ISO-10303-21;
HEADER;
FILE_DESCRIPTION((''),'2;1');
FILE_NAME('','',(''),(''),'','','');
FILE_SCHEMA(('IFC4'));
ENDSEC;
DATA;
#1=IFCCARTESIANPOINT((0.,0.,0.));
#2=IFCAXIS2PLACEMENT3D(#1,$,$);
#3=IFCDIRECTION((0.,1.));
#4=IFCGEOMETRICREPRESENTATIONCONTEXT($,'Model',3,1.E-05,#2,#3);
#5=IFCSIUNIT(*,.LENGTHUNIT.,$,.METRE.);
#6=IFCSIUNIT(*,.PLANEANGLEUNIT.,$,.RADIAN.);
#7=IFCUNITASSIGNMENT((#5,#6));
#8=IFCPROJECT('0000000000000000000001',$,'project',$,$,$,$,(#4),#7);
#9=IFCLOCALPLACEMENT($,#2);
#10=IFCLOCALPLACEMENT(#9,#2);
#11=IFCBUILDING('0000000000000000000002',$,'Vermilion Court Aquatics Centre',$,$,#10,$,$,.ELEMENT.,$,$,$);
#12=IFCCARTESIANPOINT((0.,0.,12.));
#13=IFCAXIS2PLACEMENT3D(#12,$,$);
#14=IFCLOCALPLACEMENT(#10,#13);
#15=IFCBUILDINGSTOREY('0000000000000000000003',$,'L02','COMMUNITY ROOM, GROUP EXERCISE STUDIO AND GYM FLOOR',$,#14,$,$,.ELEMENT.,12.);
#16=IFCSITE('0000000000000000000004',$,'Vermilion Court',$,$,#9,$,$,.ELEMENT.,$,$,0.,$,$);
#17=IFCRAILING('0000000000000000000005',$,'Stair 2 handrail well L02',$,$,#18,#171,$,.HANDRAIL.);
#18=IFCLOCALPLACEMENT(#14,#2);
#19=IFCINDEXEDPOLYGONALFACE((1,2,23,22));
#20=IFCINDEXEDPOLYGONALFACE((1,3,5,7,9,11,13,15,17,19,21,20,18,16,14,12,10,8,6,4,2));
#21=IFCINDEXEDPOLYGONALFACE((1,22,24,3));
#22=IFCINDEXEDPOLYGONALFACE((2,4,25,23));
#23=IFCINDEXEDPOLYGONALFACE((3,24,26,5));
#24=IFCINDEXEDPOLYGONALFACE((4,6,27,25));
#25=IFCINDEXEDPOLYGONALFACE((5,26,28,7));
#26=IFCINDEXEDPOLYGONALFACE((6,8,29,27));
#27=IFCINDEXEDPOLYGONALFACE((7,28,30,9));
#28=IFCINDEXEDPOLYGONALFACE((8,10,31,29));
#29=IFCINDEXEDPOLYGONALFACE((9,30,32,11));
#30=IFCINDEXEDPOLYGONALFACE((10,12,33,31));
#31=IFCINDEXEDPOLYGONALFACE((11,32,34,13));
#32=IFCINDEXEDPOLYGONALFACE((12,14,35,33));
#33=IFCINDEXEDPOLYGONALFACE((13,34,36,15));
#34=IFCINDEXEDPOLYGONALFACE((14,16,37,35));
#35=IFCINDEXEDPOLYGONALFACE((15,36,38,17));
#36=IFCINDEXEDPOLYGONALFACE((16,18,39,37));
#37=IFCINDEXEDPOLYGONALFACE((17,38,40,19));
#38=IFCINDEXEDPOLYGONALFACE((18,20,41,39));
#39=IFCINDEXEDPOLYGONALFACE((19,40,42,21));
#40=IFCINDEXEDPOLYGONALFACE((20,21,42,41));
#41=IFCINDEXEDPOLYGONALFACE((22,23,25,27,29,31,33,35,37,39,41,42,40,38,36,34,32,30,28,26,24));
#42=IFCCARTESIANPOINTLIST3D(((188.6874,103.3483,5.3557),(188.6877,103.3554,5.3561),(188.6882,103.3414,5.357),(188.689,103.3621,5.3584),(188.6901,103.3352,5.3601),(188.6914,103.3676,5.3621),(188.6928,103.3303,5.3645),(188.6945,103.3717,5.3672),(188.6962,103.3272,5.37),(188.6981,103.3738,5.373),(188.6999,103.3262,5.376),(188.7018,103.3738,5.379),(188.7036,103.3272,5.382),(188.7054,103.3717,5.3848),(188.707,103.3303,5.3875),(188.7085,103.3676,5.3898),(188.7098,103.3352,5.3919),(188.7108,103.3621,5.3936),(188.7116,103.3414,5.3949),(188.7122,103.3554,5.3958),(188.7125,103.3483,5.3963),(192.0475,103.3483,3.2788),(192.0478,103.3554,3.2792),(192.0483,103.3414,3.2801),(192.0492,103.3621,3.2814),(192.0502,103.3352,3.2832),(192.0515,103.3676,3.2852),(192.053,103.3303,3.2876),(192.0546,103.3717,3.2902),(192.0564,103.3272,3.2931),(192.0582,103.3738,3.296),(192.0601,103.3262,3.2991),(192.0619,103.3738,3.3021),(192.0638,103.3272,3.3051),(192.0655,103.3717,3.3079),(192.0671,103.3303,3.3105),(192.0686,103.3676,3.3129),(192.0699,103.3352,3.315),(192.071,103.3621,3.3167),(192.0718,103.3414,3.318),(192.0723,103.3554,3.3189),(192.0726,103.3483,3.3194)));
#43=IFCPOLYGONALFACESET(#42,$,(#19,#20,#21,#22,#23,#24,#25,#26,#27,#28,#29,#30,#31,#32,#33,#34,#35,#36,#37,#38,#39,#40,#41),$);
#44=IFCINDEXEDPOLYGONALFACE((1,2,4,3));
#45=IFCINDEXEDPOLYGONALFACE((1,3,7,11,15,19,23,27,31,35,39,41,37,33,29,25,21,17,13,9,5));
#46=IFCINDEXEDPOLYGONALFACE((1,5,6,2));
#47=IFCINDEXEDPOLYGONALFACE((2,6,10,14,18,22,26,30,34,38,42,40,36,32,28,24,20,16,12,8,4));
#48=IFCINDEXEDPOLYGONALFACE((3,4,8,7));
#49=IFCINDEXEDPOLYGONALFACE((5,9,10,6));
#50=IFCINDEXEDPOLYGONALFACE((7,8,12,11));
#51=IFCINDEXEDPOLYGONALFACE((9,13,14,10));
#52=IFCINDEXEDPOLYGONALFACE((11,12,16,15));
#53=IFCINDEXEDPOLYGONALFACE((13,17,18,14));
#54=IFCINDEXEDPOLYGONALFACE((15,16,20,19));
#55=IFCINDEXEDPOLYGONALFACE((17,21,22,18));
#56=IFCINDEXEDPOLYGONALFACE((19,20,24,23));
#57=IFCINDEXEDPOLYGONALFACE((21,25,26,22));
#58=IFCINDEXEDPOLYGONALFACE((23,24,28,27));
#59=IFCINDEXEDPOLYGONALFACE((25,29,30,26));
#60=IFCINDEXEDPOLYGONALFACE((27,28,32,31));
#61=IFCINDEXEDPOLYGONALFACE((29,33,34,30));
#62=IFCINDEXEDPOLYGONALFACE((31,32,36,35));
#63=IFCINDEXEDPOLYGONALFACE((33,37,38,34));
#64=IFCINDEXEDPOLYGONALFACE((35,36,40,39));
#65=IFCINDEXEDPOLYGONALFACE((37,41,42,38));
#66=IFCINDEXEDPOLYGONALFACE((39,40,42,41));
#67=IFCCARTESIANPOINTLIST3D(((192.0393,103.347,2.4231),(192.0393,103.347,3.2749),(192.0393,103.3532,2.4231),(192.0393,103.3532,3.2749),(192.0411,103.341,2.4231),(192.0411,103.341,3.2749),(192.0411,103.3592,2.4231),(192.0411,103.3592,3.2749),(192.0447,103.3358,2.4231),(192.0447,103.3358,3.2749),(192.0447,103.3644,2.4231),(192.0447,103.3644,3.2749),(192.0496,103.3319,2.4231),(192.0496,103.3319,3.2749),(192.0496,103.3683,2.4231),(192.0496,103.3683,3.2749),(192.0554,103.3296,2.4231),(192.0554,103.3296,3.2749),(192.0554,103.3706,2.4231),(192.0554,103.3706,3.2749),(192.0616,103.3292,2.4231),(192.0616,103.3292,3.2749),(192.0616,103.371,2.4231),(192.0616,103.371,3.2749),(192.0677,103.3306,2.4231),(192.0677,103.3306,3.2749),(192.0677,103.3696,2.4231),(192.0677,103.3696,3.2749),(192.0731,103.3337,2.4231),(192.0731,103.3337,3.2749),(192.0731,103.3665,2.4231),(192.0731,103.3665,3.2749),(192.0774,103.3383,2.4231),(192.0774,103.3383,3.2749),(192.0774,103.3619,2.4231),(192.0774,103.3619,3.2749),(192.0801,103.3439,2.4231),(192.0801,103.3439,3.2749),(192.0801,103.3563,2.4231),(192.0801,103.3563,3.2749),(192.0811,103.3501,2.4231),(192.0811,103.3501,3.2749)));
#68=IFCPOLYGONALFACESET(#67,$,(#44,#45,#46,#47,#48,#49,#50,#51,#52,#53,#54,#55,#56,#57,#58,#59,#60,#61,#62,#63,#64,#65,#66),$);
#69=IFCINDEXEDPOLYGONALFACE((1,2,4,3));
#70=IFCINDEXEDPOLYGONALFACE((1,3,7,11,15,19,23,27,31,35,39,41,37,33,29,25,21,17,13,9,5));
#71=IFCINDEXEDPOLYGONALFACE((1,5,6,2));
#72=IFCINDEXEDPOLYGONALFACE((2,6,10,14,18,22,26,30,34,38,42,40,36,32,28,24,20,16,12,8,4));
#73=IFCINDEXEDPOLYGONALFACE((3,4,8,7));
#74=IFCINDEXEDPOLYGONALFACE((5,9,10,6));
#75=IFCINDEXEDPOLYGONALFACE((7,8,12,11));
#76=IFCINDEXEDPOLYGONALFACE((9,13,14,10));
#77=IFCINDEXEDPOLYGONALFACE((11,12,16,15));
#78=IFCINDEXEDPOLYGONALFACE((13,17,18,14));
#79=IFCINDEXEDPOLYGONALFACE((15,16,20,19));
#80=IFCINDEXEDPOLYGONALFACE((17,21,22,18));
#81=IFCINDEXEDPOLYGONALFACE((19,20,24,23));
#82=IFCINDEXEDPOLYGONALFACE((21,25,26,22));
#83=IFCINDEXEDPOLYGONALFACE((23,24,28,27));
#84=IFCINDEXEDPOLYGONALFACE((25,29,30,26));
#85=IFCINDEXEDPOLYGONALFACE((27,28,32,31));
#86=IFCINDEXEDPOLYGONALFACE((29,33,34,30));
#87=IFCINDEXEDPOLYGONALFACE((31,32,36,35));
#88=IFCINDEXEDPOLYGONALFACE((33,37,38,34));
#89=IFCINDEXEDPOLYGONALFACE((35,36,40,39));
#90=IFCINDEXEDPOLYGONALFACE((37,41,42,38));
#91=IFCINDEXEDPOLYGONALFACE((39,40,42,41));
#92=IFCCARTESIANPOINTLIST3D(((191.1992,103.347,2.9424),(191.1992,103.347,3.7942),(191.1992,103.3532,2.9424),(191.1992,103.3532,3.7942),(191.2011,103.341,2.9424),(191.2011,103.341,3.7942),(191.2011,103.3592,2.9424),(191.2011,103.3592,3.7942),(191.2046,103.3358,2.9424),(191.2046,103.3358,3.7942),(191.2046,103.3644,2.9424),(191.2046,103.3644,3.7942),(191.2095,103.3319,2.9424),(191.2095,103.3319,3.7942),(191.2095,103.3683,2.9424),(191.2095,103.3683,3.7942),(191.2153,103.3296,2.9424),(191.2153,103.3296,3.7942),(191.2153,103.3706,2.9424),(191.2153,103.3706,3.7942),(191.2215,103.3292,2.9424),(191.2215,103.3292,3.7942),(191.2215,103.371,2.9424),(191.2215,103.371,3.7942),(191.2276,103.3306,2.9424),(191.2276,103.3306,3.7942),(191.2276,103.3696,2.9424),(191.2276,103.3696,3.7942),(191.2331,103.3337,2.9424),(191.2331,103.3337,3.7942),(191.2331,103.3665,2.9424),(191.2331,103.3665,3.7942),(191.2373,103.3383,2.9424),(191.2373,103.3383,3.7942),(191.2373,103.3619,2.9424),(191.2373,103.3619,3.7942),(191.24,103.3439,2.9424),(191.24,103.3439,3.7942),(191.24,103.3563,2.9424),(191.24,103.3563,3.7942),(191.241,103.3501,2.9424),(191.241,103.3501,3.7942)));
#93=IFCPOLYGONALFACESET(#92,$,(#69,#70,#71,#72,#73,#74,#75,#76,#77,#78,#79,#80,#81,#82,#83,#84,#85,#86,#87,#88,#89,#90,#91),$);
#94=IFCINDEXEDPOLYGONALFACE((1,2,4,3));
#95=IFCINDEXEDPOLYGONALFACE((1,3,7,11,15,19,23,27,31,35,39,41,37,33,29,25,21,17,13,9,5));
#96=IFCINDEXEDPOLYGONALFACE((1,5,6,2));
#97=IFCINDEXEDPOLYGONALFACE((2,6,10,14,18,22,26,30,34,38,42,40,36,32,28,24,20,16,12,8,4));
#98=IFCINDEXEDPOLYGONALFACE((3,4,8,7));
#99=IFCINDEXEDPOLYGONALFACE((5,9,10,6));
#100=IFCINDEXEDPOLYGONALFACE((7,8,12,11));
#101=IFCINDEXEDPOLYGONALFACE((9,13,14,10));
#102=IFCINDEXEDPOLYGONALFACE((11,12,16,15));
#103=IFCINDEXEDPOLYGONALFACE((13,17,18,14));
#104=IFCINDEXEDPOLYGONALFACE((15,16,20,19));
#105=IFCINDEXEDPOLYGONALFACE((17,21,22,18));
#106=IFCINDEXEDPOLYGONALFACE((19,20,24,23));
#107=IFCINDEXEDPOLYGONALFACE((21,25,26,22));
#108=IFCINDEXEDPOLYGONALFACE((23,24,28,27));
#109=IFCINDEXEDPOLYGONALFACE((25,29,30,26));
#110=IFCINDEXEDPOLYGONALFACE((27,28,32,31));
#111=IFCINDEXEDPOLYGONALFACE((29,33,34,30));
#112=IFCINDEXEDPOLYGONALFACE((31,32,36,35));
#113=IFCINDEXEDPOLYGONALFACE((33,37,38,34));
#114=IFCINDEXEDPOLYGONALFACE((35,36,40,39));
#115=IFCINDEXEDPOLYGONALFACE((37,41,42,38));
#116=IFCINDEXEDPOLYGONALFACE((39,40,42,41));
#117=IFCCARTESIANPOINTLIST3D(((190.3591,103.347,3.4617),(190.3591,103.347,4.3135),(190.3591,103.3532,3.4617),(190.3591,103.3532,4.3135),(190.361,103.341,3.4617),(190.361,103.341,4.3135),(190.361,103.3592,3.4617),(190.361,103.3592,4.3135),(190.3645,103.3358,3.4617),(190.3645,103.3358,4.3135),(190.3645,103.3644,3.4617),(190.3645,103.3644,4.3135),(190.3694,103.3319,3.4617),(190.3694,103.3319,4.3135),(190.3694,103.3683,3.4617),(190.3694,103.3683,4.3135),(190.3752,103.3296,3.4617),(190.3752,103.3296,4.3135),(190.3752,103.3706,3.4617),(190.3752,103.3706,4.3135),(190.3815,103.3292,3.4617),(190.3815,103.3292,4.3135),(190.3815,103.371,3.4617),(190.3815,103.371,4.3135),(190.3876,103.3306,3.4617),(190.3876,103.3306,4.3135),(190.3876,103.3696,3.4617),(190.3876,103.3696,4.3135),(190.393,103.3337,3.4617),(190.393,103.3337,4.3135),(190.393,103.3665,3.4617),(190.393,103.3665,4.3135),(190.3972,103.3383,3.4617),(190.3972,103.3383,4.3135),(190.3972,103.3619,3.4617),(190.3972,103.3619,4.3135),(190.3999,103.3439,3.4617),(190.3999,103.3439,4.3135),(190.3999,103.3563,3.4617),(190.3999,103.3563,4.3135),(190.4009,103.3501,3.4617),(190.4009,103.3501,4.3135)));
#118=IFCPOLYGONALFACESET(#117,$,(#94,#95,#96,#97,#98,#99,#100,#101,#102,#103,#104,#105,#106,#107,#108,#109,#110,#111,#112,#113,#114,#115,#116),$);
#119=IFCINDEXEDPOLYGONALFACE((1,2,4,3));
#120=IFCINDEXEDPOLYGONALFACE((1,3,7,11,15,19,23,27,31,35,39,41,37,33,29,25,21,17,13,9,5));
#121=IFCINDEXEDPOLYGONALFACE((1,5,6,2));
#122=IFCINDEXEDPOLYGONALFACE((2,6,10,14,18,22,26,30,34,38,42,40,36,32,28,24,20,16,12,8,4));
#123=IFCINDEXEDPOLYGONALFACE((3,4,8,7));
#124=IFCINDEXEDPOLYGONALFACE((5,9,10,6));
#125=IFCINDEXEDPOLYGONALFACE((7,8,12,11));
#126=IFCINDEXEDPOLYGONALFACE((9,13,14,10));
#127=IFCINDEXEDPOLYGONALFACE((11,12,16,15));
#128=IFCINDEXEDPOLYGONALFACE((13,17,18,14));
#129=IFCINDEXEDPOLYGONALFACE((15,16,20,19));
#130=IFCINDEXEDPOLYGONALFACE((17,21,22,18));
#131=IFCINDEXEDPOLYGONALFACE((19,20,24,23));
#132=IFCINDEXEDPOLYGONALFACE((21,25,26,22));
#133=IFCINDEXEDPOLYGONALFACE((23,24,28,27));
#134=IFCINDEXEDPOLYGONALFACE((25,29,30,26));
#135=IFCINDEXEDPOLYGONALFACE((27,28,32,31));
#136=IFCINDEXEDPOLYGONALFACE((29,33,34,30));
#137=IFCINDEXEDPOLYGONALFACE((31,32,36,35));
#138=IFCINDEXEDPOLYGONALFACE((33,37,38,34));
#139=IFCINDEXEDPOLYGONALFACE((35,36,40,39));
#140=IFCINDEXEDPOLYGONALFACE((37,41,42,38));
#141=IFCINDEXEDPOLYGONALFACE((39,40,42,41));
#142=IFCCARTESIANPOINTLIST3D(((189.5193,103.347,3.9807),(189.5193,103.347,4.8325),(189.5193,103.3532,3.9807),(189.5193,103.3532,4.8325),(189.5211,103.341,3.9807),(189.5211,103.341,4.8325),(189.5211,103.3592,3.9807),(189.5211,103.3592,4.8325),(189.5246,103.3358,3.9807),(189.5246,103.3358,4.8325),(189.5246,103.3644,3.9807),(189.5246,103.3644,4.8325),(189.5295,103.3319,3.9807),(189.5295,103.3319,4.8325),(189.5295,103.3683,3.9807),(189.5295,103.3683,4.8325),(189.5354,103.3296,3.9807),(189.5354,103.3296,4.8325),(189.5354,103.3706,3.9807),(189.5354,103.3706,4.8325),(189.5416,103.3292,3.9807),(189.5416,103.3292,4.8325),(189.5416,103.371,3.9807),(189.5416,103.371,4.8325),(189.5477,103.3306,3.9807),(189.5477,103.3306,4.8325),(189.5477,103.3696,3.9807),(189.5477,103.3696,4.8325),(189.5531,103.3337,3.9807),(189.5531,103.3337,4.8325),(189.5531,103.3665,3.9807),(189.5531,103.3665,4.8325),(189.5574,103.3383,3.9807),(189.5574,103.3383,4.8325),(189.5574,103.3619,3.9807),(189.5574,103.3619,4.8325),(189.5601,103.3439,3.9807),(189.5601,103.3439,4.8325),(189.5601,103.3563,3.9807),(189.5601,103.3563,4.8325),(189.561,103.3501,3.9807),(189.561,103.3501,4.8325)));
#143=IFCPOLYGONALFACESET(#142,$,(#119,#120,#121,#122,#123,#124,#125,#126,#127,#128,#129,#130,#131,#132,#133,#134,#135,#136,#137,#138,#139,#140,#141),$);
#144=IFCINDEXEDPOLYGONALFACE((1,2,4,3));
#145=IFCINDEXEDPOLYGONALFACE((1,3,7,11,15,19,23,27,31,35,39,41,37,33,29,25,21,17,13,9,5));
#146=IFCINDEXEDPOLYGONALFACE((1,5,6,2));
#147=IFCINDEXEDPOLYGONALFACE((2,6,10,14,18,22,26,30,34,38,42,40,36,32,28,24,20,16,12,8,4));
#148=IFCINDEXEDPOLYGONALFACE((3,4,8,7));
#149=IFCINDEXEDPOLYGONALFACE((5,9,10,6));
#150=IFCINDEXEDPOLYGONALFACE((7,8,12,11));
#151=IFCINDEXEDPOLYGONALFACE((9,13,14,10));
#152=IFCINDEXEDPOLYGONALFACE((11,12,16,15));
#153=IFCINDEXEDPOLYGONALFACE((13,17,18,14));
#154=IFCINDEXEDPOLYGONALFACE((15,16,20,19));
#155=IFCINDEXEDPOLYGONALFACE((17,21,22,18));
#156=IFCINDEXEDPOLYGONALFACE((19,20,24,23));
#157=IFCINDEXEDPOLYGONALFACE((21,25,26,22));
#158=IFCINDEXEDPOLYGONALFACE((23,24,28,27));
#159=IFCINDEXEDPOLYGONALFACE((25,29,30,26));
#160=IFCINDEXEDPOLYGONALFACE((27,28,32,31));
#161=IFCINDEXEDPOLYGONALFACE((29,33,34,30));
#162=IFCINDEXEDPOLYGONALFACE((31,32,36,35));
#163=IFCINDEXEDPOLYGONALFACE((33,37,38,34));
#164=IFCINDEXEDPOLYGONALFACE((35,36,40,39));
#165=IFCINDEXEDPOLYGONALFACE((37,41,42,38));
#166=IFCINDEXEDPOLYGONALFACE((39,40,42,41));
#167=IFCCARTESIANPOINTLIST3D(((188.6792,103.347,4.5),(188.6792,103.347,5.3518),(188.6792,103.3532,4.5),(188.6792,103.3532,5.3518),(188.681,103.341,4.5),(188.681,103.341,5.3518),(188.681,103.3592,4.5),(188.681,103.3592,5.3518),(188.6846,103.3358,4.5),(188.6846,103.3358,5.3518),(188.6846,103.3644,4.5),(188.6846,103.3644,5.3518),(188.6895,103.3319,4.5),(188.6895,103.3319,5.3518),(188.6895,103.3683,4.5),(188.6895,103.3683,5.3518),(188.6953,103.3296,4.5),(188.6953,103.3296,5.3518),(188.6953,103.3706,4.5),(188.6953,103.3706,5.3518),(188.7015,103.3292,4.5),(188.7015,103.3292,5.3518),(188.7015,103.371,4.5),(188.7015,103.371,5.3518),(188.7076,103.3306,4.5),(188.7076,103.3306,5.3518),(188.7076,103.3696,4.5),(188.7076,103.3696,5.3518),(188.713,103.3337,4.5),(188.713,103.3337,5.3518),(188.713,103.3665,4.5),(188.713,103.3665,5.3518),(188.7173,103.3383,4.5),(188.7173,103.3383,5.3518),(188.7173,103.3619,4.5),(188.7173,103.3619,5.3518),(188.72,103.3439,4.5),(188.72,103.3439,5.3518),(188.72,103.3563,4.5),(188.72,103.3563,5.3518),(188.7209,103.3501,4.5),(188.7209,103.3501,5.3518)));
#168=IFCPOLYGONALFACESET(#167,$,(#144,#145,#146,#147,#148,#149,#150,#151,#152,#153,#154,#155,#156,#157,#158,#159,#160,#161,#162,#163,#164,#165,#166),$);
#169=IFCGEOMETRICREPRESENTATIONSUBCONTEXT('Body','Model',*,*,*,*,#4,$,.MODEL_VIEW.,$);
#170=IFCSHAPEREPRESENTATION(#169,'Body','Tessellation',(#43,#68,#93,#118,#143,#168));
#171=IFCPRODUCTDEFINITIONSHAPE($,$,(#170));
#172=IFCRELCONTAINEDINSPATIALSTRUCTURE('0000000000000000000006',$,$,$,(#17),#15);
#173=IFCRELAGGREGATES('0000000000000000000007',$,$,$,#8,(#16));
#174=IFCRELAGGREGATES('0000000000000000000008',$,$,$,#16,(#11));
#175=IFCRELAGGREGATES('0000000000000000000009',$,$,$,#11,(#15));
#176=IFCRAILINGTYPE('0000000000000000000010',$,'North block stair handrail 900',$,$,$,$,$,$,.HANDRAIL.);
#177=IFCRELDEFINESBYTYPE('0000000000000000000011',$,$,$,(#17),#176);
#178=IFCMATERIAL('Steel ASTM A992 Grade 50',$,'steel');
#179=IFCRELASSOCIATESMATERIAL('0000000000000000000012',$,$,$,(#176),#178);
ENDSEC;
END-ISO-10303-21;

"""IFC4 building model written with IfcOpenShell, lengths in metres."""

from ifc_helpers import new_model, si_unit, direction, frame, origin, origin_2d, place, context, subcontext, project, spatial, circle, extrude, material, type_object, element, save


model = new_model("IFC4")

# Units and contexts
model_context = context("Model", 3, precision=1e-05, world=origin(), true_north=direction((0.0, 1.0)))
body_context = subcontext(model_context, "Body", "Model", "MODEL_VIEW")
ifc_project = project(units=[si_unit("LENGTHUNIT", "METRE"), si_unit("PLANEANGLEUNIT", "RADIAN")], contexts=[model_context])

# Site, building, storey
site_placement = place(None, origin())
site = spatial("IfcSite", under=ifc_project, at=site_placement, Name="Vermilion Court", CompositionType="ELEMENT", RefElevation=0.0)
building_placement = place(site_placement, origin())
building = spatial("IfcBuilding", under=site, at=building_placement, Name="Vermilion Court Aquatics Centre", CompositionType="ELEMENT")
storey_placement = place(building_placement, frame((0.0, 0.0, 12.0)))
storey = spatial("IfcBuildingStorey", under=building, at=storey_placement, Name="L02", Description="COMMUNITY ROOM, GROUP EXERCISE STUDIO AND GYM FLOOR", CompositionType="ELEMENT", Elevation=12.0)

# Railing
ifc_material_1 = material(Name="Steel ASTM A992 Grade 50", Category="steel")
railing_type_1 = type_object("IfcRailingType", Name="North block stair handrail 900", PredefinedType="HANDRAIL", material=ifc_material_1)
for number, where, name in (
    (1, (192.0601, 103.3501, 2.4231), "Stair 2 handrail well L02"),
):
    element("IfcRailing", number, at=place(storey_placement, frame(where)), inside=storey, type_object=railing_type_1, Name=name, PredefinedType="HANDRAIL", context=body_context, shape_type="SweptSolid", body=[
        extrude(circle(Radius=0.0239, at=origin_2d()), frame((0.0, 0.0, 0.876), z_axis=(-0.850623, 0.0, 0.525776), x_axis=(0.0, -1.0, 0.0)), (0.0, 0.0, 1.0), 3.9502),
        extrude(circle(Radius=0.021, at=origin_2d()), origin(), (0.0, 0.0, 1.0), 0.8518),
        extrude(circle(Radius=0.021, at=origin_2d()), frame((-0.8401, 0.0, 0.5193)), (0.0, 0.0, 1.0), 0.8518),
        extrude(circle(Radius=0.021, at=origin_2d()), frame((-1.6802, 0.0, 1.0386)), (0.0, 0.0, 1.0), 0.8518),
        extrude(circle(Radius=0.021, at=origin_2d()), frame((-2.52, 0.0, 1.5576)), (0.0, 0.0, 1.0), 0.8518),
        extrude(circle(Radius=0.021, at=origin_2d()), frame((-3.3601, 0.0, 2.0769)), (0.0, 0.0, 1.0), 0.8518),
    ])

save(model, "model.ifc")
